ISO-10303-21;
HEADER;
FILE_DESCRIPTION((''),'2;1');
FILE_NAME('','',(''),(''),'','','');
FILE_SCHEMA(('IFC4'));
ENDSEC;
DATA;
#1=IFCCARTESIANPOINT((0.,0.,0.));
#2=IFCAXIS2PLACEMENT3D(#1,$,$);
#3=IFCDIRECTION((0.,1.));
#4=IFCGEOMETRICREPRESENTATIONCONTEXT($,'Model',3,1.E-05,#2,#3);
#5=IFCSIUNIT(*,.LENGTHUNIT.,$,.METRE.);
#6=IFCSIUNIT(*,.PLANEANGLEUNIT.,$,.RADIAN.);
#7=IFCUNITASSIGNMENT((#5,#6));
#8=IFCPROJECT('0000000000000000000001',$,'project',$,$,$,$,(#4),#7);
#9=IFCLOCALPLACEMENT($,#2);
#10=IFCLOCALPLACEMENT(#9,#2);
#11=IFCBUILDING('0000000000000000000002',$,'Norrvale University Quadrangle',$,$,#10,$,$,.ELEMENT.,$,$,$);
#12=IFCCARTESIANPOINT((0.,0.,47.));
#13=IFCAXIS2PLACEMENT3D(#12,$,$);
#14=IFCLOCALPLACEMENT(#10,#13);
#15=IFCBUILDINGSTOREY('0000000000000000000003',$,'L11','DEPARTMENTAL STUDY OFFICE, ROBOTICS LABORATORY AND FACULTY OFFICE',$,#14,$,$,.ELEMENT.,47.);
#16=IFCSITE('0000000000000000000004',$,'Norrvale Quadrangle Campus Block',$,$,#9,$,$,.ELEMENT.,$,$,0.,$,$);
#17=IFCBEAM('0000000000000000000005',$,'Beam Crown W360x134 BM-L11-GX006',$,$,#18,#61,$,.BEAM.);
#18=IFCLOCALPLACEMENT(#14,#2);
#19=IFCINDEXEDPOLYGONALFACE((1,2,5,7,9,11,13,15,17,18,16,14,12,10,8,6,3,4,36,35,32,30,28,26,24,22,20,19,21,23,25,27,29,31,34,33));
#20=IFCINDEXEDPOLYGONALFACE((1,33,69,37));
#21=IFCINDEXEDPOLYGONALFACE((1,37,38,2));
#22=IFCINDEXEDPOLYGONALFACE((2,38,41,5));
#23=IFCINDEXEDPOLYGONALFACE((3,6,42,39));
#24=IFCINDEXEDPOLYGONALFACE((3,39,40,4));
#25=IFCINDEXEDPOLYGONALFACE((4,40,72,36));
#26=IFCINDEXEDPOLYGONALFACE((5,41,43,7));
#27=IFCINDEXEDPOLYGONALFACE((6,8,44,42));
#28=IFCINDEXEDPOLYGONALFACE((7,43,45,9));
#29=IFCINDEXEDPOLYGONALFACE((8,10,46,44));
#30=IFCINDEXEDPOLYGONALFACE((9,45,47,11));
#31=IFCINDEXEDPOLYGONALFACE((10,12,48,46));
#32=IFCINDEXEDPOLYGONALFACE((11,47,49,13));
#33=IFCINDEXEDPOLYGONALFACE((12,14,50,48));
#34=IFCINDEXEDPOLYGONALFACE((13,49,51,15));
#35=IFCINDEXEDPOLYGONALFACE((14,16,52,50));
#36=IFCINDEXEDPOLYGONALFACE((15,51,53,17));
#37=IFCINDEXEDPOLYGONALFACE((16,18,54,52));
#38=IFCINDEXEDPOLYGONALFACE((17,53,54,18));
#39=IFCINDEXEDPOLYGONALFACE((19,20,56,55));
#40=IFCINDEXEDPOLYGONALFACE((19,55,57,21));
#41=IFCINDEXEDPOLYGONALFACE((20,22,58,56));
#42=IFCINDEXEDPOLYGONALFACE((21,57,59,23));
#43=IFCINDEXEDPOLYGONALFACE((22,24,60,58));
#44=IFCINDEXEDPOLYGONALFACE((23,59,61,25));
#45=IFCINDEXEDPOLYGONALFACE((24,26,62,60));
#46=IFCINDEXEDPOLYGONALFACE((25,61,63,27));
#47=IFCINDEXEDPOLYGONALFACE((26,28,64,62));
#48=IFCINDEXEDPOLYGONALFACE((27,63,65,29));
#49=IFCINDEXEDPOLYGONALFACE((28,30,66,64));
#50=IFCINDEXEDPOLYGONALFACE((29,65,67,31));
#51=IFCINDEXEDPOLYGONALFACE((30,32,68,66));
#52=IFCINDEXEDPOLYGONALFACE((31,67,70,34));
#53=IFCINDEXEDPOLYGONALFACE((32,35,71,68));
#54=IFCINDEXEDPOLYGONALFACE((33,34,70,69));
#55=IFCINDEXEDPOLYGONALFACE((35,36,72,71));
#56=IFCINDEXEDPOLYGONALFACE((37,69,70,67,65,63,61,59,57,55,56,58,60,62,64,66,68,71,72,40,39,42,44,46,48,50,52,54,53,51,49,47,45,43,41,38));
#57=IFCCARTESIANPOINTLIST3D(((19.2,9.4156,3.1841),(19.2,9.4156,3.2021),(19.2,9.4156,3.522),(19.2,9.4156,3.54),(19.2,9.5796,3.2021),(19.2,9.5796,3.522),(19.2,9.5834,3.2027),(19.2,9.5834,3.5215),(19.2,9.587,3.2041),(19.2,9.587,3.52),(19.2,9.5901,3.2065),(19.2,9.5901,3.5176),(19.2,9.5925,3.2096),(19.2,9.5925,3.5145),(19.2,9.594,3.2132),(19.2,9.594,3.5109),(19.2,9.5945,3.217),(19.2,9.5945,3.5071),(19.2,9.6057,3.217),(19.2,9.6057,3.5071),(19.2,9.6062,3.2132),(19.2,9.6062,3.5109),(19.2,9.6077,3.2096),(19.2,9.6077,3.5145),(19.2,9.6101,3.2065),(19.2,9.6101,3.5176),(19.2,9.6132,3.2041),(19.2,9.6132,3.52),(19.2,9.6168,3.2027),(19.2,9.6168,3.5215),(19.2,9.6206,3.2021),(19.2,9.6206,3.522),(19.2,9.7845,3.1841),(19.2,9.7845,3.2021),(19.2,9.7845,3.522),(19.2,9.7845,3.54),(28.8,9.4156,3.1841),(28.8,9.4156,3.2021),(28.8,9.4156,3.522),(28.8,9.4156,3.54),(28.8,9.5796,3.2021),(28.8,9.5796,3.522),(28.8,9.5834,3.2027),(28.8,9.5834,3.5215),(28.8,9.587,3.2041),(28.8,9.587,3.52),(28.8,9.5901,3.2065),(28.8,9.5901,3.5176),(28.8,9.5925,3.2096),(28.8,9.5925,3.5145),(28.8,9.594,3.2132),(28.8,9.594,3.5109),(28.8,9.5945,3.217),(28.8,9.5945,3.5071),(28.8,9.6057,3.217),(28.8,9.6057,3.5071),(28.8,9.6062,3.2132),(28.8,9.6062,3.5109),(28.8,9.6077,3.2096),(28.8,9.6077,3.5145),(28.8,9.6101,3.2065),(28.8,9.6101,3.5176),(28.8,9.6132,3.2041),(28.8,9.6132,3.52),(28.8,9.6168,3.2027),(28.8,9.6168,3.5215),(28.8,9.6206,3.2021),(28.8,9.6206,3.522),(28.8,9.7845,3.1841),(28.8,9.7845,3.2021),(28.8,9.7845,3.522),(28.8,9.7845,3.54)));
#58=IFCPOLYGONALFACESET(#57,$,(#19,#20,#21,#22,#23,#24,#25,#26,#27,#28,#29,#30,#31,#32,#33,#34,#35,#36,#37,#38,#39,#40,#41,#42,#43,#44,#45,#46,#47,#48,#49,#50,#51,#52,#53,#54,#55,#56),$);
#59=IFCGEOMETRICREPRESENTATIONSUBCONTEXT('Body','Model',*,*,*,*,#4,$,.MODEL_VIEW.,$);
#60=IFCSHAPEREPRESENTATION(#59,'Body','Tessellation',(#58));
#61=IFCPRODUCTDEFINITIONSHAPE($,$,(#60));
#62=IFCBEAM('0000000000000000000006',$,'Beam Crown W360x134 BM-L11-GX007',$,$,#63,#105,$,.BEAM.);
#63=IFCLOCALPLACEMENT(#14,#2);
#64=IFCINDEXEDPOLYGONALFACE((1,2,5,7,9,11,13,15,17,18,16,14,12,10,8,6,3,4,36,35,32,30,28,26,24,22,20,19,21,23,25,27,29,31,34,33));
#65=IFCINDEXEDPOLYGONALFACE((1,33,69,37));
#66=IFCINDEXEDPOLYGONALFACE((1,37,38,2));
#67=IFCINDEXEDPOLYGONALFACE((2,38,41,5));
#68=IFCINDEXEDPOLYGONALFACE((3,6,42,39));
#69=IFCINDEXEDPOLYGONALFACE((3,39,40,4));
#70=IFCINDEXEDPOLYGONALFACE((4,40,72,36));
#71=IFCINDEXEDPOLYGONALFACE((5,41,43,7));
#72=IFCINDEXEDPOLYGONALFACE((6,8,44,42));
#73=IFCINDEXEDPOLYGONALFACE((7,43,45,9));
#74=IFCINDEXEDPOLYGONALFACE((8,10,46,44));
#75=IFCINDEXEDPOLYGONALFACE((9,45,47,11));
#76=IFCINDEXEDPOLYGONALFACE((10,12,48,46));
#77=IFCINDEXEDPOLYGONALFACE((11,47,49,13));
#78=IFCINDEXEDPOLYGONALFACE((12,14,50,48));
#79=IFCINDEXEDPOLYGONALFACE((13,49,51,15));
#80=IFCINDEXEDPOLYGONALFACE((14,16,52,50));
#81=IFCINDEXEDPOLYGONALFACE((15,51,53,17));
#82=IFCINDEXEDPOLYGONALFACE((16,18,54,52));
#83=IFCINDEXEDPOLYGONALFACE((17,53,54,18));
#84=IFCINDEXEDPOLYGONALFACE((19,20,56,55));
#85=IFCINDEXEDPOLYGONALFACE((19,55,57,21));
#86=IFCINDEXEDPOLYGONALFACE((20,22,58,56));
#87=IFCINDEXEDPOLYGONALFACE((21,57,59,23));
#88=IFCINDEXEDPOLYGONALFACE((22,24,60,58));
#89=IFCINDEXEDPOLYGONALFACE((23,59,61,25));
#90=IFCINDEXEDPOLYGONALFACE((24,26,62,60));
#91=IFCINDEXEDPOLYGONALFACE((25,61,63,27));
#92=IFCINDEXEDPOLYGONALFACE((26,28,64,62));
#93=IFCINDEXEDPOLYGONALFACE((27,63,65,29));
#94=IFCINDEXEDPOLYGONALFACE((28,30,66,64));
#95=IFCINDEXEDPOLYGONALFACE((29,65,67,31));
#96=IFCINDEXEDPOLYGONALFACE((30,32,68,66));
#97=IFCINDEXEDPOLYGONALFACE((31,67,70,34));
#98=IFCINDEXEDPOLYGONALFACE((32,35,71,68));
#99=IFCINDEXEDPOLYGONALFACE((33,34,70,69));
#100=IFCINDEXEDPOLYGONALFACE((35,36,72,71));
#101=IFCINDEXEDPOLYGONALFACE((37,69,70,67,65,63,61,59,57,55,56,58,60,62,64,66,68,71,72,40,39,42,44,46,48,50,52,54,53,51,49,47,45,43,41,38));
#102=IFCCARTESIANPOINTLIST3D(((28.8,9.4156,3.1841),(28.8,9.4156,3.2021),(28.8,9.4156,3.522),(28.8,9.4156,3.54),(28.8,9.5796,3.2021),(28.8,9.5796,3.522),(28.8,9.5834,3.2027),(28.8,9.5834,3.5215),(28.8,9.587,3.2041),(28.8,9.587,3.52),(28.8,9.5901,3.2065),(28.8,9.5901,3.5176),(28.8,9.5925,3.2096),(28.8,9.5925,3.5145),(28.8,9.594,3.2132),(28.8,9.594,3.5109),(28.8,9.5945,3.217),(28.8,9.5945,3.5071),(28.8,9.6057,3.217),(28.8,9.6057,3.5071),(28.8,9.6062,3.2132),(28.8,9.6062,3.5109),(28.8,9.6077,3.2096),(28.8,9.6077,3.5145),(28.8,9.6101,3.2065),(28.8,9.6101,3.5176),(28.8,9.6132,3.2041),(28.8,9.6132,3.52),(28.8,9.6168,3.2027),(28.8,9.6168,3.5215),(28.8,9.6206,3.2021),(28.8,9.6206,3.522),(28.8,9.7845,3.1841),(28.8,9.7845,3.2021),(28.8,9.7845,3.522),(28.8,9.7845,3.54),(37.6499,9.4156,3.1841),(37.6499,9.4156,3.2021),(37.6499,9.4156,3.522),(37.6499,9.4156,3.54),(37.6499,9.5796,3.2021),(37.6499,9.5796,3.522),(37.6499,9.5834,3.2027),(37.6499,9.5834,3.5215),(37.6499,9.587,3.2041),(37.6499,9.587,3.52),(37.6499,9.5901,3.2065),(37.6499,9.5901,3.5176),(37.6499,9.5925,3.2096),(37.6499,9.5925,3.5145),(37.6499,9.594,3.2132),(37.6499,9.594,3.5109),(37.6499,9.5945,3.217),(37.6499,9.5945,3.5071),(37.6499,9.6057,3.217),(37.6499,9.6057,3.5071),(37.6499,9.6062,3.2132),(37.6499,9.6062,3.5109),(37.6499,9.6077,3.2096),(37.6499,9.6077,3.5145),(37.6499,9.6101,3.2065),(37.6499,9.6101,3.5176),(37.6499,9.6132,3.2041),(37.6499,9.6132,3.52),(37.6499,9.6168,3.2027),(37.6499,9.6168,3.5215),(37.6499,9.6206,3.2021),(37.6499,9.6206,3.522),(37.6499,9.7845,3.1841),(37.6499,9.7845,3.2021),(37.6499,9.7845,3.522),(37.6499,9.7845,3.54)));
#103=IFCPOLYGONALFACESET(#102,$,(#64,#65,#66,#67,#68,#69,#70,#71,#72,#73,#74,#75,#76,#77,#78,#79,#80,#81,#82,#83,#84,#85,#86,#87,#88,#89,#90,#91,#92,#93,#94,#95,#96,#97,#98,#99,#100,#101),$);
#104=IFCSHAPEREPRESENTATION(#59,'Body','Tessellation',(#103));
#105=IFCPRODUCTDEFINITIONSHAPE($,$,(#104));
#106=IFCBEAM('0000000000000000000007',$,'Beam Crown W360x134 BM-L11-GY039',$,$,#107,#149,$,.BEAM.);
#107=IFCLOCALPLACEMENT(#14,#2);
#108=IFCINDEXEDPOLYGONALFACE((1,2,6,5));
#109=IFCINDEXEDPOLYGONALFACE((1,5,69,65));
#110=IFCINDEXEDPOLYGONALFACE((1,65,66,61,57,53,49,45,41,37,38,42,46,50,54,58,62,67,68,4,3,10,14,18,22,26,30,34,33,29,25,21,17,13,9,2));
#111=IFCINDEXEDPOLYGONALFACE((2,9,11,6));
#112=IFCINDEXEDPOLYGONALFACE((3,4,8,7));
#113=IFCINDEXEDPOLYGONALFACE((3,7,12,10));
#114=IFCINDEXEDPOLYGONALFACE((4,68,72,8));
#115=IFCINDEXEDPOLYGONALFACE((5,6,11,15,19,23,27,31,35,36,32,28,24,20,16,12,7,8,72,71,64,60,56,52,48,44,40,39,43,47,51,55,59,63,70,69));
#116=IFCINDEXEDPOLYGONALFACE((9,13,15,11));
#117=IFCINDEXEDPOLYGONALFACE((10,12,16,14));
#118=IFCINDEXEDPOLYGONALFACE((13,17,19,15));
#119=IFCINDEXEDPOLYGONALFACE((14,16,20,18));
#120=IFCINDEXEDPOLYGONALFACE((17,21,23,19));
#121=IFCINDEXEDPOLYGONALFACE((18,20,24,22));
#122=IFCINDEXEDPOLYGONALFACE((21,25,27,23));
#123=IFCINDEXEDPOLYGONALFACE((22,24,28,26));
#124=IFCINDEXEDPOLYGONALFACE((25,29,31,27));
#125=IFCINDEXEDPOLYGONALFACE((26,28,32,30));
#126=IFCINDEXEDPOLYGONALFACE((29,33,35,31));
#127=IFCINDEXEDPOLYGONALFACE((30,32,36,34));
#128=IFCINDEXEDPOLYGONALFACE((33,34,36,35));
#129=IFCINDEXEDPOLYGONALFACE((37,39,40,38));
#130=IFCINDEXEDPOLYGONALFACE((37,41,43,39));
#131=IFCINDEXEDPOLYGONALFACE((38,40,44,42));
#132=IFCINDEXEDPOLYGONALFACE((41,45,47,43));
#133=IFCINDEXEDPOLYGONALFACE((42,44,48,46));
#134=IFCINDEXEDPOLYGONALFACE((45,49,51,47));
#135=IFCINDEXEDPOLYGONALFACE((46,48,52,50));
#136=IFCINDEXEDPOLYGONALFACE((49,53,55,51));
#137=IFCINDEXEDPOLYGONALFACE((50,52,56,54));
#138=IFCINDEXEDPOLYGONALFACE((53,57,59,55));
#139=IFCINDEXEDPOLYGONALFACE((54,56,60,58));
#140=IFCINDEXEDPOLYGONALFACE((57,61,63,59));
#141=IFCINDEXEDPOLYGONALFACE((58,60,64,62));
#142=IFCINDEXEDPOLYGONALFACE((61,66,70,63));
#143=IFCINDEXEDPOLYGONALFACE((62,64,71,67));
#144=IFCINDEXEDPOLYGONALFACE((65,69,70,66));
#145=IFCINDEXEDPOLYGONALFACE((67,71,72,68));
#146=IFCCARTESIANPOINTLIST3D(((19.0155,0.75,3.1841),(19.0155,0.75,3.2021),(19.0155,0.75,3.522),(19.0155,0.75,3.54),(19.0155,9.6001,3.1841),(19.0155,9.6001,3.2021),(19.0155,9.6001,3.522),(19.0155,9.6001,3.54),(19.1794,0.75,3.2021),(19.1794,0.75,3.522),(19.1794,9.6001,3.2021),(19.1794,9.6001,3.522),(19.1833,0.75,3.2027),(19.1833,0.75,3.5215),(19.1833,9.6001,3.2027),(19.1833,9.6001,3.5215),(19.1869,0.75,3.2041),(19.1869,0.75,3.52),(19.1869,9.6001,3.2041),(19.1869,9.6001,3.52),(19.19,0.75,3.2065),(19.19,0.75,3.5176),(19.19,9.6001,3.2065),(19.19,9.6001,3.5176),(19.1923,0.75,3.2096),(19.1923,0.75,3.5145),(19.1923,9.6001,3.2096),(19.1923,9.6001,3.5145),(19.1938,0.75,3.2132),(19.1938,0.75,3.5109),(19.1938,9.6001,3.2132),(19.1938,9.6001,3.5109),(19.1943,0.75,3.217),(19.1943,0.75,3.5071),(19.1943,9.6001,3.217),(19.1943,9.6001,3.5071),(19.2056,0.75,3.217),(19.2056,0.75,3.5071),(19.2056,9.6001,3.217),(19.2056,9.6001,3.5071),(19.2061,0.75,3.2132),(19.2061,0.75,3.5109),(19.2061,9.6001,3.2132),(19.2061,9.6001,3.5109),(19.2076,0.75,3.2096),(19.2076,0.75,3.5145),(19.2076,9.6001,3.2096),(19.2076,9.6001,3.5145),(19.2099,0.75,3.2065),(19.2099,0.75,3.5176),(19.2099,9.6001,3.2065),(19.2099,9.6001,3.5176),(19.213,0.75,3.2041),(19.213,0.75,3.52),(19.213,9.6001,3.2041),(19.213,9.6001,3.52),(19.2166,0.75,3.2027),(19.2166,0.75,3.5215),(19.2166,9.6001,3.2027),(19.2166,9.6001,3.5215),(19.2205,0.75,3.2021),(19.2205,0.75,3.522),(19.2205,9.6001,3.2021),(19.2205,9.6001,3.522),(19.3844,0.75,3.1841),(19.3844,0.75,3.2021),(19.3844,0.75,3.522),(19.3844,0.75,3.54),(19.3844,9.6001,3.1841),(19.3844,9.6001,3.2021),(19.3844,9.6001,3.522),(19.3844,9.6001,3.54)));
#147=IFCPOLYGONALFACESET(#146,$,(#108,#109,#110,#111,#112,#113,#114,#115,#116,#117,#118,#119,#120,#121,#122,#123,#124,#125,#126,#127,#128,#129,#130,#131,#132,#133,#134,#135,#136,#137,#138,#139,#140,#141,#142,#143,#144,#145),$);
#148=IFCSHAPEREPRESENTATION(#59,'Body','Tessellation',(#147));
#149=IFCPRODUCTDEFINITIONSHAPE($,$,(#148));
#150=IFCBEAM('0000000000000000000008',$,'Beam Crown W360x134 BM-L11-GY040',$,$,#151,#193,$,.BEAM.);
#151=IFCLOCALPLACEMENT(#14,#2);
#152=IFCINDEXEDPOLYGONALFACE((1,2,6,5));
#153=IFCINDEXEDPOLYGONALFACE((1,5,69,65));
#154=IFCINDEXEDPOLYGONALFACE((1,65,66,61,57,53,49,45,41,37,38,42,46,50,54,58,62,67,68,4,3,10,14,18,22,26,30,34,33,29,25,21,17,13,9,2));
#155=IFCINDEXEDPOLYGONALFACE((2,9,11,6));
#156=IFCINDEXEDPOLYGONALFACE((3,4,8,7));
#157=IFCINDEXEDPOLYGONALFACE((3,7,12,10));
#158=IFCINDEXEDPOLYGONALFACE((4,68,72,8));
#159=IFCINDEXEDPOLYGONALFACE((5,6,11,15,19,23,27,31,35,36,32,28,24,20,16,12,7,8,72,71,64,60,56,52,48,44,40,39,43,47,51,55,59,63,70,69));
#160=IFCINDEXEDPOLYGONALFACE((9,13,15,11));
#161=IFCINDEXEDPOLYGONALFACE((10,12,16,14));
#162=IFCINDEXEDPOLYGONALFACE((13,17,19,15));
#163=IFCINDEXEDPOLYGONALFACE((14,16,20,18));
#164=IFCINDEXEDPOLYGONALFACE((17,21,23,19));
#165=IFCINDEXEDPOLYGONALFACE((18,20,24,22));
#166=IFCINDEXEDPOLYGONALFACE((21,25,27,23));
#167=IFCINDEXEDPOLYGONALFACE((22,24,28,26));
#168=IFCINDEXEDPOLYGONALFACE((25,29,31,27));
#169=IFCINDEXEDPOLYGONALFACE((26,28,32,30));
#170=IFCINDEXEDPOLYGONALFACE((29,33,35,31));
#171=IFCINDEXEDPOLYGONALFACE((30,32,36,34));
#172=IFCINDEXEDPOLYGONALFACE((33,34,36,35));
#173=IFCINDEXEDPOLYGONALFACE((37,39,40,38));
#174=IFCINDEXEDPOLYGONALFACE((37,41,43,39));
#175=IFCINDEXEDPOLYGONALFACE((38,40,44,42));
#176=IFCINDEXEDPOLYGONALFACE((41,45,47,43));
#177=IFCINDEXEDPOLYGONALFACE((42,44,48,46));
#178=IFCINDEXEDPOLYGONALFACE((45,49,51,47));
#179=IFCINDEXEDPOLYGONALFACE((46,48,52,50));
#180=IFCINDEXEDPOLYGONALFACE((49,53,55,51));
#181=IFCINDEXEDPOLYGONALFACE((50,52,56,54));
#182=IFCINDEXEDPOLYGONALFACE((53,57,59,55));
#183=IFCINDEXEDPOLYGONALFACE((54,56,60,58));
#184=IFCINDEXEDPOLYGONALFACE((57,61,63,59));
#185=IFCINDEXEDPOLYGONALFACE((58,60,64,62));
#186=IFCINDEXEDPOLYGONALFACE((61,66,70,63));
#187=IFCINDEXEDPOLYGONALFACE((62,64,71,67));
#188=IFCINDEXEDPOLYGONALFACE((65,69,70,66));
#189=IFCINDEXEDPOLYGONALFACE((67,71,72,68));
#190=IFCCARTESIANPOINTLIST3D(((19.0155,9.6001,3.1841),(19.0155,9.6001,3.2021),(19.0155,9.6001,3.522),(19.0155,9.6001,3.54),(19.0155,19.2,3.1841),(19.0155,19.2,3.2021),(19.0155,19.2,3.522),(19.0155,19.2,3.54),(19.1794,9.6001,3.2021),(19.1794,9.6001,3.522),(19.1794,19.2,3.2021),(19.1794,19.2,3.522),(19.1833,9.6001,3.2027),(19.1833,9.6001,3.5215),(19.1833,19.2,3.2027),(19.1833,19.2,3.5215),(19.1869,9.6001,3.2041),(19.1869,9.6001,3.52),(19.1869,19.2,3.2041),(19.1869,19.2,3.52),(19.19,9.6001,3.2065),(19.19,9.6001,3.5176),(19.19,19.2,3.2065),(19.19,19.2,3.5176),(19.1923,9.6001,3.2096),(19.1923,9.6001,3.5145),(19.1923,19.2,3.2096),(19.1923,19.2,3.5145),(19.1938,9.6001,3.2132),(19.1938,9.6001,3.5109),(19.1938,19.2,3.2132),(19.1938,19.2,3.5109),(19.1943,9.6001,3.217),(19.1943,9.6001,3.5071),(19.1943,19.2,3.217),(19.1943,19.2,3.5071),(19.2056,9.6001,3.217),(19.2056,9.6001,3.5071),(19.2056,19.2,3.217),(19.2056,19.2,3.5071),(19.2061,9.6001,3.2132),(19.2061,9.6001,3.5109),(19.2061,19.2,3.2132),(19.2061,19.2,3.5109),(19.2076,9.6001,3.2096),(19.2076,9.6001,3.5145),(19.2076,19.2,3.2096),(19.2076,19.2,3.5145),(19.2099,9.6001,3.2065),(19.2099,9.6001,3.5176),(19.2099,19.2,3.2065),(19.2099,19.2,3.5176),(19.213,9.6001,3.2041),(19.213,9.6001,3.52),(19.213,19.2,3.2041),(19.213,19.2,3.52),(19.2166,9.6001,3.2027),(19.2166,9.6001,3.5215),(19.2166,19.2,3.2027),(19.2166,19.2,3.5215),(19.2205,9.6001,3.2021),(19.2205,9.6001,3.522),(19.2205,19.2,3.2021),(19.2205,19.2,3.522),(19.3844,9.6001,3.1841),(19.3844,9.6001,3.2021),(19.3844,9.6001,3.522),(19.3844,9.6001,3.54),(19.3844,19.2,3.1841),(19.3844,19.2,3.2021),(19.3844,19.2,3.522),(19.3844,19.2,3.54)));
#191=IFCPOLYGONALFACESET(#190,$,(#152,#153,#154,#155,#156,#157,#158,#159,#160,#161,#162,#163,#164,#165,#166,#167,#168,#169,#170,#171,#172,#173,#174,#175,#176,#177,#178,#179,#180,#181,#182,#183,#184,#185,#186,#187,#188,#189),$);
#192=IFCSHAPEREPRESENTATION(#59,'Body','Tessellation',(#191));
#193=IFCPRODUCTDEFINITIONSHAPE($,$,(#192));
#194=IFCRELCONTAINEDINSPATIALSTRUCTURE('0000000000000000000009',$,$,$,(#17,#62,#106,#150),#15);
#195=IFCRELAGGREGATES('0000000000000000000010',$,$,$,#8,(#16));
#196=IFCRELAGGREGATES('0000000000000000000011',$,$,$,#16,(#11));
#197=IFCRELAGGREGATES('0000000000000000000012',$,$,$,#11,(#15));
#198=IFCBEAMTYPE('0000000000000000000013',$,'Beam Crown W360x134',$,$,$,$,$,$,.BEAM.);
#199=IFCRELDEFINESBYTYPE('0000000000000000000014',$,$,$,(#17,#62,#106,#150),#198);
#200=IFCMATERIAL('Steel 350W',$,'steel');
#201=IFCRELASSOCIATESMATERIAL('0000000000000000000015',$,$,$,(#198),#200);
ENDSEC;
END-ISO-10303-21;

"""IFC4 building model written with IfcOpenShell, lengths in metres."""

from ifc_helpers import new_model, si_unit, direction, frame, origin, origin_2d, place, context, subcontext, project, spatial, i_section, extrude, material, material_profile, profile_set, type_object, element, save


model = new_model("IFC4")

# Units and contexts
model_context = context("Model", 3, precision=1e-05, world=origin(), true_north=direction((0.0, 1.0)))
body_context = subcontext(model_context, "Body", "Model", "MODEL_VIEW")
ifc_project = project(units=[si_unit("LENGTHUNIT", "METRE"), si_unit("PLANEANGLEUNIT", "RADIAN")], contexts=[model_context])

# Site, building, storey
site_placement = place(None, origin())
site = spatial("IfcSite", under=ifc_project, at=site_placement, Name="Norrvale Quadrangle Campus Block", CompositionType="ELEMENT", RefElevation=0.0)
building_placement = place(site_placement, origin())
building = spatial("IfcBuilding", under=site, at=building_placement, Name="Norrvale University Quadrangle", CompositionType="ELEMENT")
storey_placement = place(building_placement, frame((0.0, 0.0, 47.0)))
storey = spatial("IfcBuildingStorey", under=building, at=storey_placement, Name="L11", Description="DEPARTMENTAL STUDY OFFICE, ROBOTICS LABORATORY AND FACULTY OFFICE", CompositionType="ELEMENT", Elevation=47.0)

# Beams
ifc_material_1 = material(Name="Steel 350W", Category="steel")
ifc_material_profile_1 = material_profile(ifc_material_1, i_section(OverallWidth=0.3689, OverallDepth=0.356, WebThickness=0.0112, FlangeThickness=0.0181, FilletRadius=0.0149, at=origin_2d()), Name="Steel 350W")
ifc_profile_set_1 = profile_set([ifc_material_profile_1], Name="Steel 350W")
beam_type_1 = type_object("IfcBeamType", Name="Beam Crown W360x134", PredefinedType="BEAM", material=ifc_profile_set_1)
beam_1_placement = place(storey_placement, frame((19.2, 9.6001, 3.3621), z_axis=(1.0, 0.0, 0.0), x_axis=(0.0, 1.0, 0.0)))
element("IfcBeam", 1, at=beam_1_placement, inside=storey, type_object=beam_type_1, Name="Beam Crown W360x134 BM-L11-GX006", PredefinedType="BEAM", context=body_context, shape_type="SweptSolid", body=[
    extrude(i_section(OverallWidth=0.3689, OverallDepth=0.356, WebThickness=0.0112, FlangeThickness=0.0181, FilletRadius=0.0149, at=origin_2d()), origin(), (0.0, 0.0, 1.0), 9.6001),
])
beam_2_placement = place(storey_placement, frame((28.8, 9.6001, 3.3621), z_axis=(1.0, 0.0, 0.0), x_axis=(0.0, 1.0, 0.0)))
element("IfcBeam", 2, at=beam_2_placement, inside=storey, type_object=beam_type_1, Name="Beam Crown W360x134 BM-L11-GX007", PredefinedType="BEAM", context=body_context, shape_type="SweptSolid", body=[
    extrude(i_section(OverallWidth=0.3689, OverallDepth=0.356, WebThickness=0.0112, FlangeThickness=0.0181, FilletRadius=0.0149, at=origin_2d()), origin(), (0.0, 0.0, 1.0), 8.8499),
])
beam_3_placement = place(storey_placement, frame((19.2, 0.75, 3.3621), z_axis=(0.0, 1.0, 0.0), x_axis=(-1.0, 0.0, 0.0)))
element("IfcBeam", 3, at=beam_3_placement, inside=storey, type_object=beam_type_1, Name="Beam Crown W360x134 BM-L11-GY039", PredefinedType="BEAM", context=body_context, shape_type="SweptSolid", body=[
    extrude(i_section(OverallWidth=0.3689, OverallDepth=0.356, WebThickness=0.0112, FlangeThickness=0.0181, FilletRadius=0.0149, at=origin_2d()), origin(), (0.0, 0.0, 1.0), 8.8501),
])
beam_4_placement = place(storey_placement, frame((19.2, 9.6001, 3.3621), z_axis=(0.0, 1.0, 0.0), x_axis=(-1.0, 0.0, 0.0)))
element("IfcBeam", 4, at=beam_4_placement, inside=storey, type_object=beam_type_1, Name="Beam Crown W360x134 BM-L11-GY040", PredefinedType="BEAM", context=body_context, shape_type="SweptSolid", body=[
    extrude(i_section(OverallWidth=0.3689, OverallDepth=0.356, WebThickness=0.0112, FlangeThickness=0.0181, FilletRadius=0.0149, at=origin_2d()), origin(), (0.0, 0.0, 1.0), 9.5999),
])

save(model, "model.ifc")
